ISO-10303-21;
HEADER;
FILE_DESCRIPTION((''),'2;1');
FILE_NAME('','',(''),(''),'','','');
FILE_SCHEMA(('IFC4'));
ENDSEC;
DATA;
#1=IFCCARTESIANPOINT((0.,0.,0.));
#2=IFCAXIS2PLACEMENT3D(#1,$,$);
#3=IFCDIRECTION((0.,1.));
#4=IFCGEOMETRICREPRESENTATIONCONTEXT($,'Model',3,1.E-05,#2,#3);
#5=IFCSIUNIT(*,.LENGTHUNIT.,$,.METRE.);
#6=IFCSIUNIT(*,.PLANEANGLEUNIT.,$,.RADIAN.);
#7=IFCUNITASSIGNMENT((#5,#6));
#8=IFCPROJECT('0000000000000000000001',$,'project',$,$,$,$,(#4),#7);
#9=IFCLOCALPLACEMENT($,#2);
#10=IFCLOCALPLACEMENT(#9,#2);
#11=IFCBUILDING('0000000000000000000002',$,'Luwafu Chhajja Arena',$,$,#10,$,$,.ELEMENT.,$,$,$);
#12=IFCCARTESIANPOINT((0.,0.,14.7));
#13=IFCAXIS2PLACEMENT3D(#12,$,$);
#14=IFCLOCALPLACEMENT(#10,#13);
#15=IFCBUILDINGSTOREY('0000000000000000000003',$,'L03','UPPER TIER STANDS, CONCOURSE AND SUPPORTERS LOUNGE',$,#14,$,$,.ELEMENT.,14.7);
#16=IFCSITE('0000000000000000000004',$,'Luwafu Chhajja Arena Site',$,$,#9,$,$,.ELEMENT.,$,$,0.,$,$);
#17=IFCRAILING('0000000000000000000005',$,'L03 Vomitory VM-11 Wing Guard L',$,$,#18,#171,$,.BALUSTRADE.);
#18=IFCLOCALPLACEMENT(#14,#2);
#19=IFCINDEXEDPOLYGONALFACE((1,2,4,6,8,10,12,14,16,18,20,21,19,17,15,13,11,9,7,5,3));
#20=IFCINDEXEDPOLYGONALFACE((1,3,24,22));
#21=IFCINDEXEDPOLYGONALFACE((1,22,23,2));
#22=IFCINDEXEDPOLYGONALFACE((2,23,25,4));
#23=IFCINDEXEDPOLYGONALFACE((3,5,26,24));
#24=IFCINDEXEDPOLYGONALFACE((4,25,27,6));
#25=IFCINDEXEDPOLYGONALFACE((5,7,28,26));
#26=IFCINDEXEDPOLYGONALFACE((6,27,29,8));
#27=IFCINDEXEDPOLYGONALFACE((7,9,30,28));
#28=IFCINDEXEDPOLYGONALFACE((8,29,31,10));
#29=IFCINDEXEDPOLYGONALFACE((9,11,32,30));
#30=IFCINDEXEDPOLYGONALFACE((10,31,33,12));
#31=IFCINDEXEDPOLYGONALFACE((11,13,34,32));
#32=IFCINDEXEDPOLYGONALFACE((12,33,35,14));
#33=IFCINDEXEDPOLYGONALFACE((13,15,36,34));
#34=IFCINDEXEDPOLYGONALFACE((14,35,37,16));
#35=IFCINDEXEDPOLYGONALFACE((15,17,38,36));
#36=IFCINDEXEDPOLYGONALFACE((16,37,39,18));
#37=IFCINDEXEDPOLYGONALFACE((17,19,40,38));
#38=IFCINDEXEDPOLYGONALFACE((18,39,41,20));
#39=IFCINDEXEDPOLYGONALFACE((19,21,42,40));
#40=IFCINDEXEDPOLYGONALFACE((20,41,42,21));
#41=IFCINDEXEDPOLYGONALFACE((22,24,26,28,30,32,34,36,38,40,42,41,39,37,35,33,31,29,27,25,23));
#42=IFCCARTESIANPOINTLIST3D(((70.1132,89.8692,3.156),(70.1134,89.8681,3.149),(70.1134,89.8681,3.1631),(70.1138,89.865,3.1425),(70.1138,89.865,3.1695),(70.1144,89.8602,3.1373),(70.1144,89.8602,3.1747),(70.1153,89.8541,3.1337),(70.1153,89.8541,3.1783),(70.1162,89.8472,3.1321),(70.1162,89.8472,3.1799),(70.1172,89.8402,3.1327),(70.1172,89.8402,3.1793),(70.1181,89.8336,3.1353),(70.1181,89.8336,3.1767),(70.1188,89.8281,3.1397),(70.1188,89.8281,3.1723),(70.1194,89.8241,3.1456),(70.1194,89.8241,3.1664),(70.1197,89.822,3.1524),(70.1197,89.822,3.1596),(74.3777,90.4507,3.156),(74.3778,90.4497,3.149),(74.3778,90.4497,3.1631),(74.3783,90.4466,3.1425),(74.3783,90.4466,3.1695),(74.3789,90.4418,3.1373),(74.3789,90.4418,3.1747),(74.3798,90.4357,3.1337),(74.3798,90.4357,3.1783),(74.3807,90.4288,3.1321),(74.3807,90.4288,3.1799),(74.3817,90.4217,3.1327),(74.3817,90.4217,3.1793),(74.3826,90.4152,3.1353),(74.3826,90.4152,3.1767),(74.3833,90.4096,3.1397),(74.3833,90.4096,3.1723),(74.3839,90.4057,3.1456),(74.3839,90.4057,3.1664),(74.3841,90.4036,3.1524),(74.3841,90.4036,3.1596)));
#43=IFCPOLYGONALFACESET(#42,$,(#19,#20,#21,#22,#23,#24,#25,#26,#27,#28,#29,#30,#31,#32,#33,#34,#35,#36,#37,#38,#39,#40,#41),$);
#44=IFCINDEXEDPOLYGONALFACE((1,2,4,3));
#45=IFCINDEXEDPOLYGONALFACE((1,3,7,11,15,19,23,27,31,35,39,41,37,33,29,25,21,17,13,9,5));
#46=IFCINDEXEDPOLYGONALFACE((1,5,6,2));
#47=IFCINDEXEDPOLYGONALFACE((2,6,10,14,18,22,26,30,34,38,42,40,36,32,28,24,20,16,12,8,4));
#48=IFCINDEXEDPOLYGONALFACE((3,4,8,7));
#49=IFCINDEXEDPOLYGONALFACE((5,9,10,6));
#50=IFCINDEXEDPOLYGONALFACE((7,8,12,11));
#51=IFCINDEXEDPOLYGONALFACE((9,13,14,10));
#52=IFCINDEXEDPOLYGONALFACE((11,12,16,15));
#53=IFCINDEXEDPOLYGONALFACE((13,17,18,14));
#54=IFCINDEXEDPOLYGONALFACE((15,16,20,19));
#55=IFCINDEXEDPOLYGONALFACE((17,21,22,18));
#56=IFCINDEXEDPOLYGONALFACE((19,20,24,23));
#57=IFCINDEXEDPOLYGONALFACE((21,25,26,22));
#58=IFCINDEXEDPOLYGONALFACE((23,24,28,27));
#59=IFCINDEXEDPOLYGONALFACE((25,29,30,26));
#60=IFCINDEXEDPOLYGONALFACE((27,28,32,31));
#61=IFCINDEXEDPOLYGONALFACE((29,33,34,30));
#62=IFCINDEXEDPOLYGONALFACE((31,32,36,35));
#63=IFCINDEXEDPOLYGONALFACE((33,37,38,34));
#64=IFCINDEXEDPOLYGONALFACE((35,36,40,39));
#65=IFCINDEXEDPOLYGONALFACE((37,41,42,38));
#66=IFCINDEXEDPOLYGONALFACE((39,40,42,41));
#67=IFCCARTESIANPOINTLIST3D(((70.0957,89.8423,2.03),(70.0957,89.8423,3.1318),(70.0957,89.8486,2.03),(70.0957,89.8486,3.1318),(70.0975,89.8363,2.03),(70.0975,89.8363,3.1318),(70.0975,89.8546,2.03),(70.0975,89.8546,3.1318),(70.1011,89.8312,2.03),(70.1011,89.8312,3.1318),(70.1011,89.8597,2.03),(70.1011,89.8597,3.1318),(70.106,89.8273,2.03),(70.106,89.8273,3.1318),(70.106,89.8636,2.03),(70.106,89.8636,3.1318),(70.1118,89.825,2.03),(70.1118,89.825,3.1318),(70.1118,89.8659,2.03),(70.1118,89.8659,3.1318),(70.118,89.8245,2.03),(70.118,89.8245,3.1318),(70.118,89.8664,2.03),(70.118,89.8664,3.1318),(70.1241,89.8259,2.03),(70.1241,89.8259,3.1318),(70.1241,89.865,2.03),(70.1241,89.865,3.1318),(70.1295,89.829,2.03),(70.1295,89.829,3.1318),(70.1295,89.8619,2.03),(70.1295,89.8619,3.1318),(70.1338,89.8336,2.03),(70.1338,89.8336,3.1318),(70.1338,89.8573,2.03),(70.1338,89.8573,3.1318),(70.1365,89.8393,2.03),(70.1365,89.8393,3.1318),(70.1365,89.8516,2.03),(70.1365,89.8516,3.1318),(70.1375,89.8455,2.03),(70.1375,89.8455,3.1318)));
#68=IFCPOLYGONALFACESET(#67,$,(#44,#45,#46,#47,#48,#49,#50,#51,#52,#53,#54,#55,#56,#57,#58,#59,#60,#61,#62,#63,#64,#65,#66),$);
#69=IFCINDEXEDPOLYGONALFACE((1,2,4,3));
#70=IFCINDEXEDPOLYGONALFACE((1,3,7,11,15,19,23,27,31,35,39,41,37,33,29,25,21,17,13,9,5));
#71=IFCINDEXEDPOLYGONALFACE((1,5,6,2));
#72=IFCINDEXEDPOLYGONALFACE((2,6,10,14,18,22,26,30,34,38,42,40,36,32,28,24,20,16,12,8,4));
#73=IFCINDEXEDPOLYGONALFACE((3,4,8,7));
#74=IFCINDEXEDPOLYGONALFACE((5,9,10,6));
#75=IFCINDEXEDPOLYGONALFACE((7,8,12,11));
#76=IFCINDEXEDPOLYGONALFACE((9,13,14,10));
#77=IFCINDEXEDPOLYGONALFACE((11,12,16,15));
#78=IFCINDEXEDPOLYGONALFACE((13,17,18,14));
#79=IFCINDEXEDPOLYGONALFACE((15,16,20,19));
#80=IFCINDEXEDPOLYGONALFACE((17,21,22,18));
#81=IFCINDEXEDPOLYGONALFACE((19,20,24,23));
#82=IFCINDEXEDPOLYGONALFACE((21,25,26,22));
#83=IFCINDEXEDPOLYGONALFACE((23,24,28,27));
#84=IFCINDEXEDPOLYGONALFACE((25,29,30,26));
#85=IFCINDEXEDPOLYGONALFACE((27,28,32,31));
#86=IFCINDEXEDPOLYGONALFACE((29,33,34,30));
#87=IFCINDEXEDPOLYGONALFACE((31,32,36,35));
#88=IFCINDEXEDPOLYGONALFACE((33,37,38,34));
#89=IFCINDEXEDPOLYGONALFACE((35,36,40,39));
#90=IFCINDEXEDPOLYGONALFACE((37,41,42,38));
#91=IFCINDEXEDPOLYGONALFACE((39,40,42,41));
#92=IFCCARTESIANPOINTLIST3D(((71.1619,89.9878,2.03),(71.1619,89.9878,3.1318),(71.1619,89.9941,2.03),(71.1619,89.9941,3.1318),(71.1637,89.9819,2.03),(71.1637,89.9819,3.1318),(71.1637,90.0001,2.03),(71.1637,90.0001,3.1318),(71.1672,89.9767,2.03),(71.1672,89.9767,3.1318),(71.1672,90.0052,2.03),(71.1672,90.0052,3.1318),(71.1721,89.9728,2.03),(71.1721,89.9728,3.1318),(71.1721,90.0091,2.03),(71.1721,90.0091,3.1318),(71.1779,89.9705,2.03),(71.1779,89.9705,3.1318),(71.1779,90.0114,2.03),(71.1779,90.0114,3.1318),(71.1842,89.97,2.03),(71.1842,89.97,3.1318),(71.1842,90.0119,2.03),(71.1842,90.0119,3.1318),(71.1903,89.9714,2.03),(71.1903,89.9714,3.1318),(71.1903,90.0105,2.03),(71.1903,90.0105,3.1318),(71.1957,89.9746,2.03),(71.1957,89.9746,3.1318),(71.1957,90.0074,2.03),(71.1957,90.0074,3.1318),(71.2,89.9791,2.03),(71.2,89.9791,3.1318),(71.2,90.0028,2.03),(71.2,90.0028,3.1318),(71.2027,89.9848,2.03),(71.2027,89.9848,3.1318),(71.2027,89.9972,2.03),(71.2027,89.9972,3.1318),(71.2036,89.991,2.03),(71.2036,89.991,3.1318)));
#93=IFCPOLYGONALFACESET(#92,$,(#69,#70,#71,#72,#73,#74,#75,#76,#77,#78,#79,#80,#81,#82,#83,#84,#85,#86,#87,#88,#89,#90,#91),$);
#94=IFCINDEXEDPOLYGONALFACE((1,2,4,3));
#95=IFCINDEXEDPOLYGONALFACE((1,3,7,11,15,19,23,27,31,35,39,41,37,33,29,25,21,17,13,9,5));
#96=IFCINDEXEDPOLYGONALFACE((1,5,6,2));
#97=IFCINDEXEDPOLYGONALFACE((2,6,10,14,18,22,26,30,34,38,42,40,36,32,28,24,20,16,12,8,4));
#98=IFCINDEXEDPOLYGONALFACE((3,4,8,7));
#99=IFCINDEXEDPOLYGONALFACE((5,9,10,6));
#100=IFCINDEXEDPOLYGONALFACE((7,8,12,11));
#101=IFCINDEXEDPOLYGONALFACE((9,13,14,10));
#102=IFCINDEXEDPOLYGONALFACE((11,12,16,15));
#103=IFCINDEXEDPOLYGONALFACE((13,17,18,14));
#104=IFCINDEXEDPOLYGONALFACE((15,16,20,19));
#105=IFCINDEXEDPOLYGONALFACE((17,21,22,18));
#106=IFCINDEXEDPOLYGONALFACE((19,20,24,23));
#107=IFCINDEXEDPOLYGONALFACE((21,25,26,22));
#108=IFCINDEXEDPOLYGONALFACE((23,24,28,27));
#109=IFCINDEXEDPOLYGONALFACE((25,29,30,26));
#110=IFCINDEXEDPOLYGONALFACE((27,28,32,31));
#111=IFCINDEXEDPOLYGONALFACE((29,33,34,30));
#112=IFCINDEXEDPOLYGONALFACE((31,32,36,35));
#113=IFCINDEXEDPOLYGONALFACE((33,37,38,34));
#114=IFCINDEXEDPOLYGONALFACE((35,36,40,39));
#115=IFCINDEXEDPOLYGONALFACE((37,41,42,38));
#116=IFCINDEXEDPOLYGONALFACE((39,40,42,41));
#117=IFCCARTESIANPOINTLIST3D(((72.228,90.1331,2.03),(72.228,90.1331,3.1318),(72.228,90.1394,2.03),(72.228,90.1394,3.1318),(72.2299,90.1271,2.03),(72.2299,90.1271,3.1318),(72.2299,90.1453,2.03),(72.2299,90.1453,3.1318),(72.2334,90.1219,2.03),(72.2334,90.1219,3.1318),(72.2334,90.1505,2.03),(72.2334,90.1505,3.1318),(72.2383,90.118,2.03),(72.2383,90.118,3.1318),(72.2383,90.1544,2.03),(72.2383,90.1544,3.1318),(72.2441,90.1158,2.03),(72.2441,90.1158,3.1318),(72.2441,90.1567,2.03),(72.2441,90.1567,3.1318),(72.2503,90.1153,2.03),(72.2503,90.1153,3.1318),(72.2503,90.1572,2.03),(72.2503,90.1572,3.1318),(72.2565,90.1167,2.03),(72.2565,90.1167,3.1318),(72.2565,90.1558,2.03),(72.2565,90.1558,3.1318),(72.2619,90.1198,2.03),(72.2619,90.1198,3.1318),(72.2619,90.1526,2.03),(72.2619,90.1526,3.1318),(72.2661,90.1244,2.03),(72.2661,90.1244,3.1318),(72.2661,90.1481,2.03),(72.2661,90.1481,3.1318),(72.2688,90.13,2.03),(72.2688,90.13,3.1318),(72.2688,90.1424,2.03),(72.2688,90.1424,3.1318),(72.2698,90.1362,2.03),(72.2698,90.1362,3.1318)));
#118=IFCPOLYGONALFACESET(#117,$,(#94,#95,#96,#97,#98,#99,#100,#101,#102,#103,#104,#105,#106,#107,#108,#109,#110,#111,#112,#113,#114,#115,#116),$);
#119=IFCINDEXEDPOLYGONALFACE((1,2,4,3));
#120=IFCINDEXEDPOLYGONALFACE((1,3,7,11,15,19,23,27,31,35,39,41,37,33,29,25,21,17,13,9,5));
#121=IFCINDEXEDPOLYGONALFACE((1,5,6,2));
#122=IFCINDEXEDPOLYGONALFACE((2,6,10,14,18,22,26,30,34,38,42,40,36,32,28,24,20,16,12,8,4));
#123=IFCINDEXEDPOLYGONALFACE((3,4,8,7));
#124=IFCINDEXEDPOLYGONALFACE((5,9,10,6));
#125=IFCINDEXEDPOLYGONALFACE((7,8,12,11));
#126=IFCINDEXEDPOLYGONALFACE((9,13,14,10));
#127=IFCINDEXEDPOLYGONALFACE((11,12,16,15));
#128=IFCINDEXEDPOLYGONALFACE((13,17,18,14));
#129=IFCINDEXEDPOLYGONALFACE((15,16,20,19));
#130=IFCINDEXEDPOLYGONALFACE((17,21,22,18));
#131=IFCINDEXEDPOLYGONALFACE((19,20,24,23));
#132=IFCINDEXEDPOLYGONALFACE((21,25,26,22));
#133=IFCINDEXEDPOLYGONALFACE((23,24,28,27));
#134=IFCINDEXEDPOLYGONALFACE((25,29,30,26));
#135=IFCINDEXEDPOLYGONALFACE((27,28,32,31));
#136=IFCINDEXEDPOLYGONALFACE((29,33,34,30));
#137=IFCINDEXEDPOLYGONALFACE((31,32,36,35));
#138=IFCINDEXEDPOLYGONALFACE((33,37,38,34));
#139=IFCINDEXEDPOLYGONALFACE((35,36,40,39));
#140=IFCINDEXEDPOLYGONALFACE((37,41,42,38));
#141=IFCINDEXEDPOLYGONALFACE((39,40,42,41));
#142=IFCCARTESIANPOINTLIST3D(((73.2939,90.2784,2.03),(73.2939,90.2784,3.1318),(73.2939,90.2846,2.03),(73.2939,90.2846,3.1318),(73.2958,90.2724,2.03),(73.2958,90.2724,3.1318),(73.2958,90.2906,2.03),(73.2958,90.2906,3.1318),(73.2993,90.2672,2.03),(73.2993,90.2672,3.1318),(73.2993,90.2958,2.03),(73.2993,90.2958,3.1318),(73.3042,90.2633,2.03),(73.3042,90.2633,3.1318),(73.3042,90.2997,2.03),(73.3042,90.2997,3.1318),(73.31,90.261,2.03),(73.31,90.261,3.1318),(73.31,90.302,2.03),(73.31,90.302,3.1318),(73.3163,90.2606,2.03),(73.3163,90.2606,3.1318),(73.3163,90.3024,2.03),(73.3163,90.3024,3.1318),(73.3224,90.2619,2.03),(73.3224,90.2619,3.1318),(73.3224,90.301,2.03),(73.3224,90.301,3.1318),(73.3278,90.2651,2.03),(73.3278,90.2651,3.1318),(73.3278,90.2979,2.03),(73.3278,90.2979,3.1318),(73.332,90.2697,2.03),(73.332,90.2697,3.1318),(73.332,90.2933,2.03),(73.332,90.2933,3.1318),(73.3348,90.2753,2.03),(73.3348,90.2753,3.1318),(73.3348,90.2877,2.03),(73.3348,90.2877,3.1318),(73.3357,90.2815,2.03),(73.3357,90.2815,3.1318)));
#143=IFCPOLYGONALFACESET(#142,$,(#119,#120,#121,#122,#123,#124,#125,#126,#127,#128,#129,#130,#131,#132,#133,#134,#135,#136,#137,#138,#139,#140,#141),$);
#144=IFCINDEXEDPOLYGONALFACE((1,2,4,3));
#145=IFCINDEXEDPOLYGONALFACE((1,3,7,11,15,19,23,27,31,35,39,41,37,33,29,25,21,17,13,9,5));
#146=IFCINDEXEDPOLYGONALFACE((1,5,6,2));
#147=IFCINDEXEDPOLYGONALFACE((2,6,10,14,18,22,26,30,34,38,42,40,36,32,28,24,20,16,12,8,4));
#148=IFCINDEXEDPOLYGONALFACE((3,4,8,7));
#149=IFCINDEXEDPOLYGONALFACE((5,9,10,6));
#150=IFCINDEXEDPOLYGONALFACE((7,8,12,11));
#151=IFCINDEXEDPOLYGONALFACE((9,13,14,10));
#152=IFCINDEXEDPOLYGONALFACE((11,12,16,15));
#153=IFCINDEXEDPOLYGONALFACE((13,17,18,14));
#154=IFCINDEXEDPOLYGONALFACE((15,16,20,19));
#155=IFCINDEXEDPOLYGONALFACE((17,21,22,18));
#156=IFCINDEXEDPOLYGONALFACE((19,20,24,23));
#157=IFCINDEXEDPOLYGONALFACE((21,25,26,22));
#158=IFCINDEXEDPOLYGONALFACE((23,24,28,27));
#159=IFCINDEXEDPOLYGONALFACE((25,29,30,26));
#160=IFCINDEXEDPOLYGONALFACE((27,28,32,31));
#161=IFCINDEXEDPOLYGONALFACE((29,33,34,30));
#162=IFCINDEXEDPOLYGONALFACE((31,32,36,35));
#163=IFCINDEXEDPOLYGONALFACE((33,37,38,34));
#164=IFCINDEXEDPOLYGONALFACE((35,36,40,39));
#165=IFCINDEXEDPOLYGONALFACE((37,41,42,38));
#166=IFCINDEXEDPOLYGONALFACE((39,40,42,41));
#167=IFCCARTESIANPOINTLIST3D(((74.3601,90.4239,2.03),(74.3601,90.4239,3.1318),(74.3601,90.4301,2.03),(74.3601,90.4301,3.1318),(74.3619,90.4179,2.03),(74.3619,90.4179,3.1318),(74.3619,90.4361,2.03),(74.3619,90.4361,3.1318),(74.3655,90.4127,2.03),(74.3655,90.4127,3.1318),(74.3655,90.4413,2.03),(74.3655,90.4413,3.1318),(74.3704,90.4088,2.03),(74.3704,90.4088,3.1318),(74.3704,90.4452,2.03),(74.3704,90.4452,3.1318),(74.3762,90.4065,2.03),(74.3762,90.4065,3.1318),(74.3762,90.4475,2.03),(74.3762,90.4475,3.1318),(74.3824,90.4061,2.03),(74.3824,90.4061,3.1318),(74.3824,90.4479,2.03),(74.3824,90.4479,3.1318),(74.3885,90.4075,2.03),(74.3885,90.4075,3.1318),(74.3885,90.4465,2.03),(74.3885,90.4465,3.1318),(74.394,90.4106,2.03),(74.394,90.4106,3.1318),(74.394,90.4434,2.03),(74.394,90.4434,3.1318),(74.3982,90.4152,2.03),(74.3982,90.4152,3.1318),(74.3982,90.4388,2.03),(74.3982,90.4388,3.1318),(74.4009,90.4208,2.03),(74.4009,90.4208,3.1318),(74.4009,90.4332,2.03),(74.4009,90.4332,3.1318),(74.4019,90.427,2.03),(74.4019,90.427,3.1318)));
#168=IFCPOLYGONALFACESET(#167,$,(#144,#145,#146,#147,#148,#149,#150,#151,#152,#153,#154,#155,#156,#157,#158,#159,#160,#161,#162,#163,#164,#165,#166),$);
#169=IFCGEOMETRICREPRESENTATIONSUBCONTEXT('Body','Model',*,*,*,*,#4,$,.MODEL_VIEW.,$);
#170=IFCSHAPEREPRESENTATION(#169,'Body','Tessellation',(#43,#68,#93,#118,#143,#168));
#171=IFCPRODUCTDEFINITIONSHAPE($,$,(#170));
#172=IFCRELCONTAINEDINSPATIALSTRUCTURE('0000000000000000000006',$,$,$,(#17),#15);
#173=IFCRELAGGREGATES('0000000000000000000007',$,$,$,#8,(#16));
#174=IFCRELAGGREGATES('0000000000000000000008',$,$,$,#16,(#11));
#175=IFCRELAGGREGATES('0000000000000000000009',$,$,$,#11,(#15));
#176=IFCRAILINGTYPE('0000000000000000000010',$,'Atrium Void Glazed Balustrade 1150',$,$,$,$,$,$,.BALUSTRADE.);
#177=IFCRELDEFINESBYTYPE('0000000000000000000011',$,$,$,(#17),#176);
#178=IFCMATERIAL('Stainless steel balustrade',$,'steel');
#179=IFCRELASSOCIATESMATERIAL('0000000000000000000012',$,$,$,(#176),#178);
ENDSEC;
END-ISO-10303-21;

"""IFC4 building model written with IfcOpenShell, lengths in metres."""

from ifc_helpers import new_model, si_unit, direction, frame, origin, origin_2d, place, context, subcontext, project, spatial, circle, extrude, material, type_object, element, save


model = new_model("IFC4")

# Units and contexts
model_context = context("Model", 3, precision=1e-05, world=origin(), true_north=direction((0.0, 1.0)))
body_context = subcontext(model_context, "Body", "Model", "MODEL_VIEW")
ifc_project = project(units=[si_unit("LENGTHUNIT", "METRE"), si_unit("PLANEANGLEUNIT", "RADIAN")], contexts=[model_context])

# Site, building, storey
site_placement = place(None, origin())
site = spatial("IfcSite", under=ifc_project, at=site_placement, Name="Luwafu Chhajja Arena Site", CompositionType="ELEMENT", RefElevation=0.0)
building_placement = place(site_placement, origin())
building = spatial("IfcBuilding", under=site, at=building_placement, Name="Luwafu Chhajja Arena", CompositionType="ELEMENT")
storey_placement = place(building_placement, frame((0.0, 0.0, 14.7)))
storey = spatial("IfcBuildingStorey", under=building, at=storey_placement, Name="L03", Description="UPPER TIER STANDS, CONCOURSE AND SUPPORTERS LOUNGE", CompositionType="ELEMENT", Elevation=14.7)

# Railing
ifc_material_1 = material(Name="Stainless steel balustrade", Category="steel")
railing_type_1 = type_object("IfcRailingType", Name="Atrium Void Glazed Balustrade 1150", PredefinedType="BALUSTRADE", material=ifc_material_1)
railing_1_placement = place(storey_placement, frame((70.1165, 89.8455, 2.03)))
element("IfcRailing", 1, at=railing_1_placement, inside=storey, type_object=railing_type_1, Name="L03 Vomitory VM-11 Wing Guard L", PredefinedType="BALUSTRADE", context=body_context, shape_type="SweptSolid", body=[
    extrude(circle(Radius=0.0239, at=origin_2d()), frame((0.0, 0.0, 1.126), z_axis=(0.990829, 0.135121, 0.0), x_axis=(-0.135121, 0.990829, 0.0)), (0.0, 0.0, 1.0), 4.304),
    extrude(circle(Radius=0.021, at=origin_2d()), origin(), (0.0, 0.0, 1.0), 1.1018),
    extrude(circle(Radius=0.021, at=origin_2d()), frame((1.0662, 0.1455, 0.0)), (0.0, 0.0, 1.0), 1.1018),
    extrude(circle(Radius=0.021, at=origin_2d()), frame((2.1323, 0.2908, 0.0)), (0.0, 0.0, 1.0), 1.1018),
    extrude(circle(Radius=0.021, at=origin_2d()), frame((3.1982, 0.436, 0.0)), (0.0, 0.0, 1.0), 1.1018),
    extrude(circle(Radius=0.021, at=origin_2d()), frame((4.2644, 0.5815, 0.0)), (0.0, 0.0, 1.0), 1.1018),
])

save(model, "model.ifc")
